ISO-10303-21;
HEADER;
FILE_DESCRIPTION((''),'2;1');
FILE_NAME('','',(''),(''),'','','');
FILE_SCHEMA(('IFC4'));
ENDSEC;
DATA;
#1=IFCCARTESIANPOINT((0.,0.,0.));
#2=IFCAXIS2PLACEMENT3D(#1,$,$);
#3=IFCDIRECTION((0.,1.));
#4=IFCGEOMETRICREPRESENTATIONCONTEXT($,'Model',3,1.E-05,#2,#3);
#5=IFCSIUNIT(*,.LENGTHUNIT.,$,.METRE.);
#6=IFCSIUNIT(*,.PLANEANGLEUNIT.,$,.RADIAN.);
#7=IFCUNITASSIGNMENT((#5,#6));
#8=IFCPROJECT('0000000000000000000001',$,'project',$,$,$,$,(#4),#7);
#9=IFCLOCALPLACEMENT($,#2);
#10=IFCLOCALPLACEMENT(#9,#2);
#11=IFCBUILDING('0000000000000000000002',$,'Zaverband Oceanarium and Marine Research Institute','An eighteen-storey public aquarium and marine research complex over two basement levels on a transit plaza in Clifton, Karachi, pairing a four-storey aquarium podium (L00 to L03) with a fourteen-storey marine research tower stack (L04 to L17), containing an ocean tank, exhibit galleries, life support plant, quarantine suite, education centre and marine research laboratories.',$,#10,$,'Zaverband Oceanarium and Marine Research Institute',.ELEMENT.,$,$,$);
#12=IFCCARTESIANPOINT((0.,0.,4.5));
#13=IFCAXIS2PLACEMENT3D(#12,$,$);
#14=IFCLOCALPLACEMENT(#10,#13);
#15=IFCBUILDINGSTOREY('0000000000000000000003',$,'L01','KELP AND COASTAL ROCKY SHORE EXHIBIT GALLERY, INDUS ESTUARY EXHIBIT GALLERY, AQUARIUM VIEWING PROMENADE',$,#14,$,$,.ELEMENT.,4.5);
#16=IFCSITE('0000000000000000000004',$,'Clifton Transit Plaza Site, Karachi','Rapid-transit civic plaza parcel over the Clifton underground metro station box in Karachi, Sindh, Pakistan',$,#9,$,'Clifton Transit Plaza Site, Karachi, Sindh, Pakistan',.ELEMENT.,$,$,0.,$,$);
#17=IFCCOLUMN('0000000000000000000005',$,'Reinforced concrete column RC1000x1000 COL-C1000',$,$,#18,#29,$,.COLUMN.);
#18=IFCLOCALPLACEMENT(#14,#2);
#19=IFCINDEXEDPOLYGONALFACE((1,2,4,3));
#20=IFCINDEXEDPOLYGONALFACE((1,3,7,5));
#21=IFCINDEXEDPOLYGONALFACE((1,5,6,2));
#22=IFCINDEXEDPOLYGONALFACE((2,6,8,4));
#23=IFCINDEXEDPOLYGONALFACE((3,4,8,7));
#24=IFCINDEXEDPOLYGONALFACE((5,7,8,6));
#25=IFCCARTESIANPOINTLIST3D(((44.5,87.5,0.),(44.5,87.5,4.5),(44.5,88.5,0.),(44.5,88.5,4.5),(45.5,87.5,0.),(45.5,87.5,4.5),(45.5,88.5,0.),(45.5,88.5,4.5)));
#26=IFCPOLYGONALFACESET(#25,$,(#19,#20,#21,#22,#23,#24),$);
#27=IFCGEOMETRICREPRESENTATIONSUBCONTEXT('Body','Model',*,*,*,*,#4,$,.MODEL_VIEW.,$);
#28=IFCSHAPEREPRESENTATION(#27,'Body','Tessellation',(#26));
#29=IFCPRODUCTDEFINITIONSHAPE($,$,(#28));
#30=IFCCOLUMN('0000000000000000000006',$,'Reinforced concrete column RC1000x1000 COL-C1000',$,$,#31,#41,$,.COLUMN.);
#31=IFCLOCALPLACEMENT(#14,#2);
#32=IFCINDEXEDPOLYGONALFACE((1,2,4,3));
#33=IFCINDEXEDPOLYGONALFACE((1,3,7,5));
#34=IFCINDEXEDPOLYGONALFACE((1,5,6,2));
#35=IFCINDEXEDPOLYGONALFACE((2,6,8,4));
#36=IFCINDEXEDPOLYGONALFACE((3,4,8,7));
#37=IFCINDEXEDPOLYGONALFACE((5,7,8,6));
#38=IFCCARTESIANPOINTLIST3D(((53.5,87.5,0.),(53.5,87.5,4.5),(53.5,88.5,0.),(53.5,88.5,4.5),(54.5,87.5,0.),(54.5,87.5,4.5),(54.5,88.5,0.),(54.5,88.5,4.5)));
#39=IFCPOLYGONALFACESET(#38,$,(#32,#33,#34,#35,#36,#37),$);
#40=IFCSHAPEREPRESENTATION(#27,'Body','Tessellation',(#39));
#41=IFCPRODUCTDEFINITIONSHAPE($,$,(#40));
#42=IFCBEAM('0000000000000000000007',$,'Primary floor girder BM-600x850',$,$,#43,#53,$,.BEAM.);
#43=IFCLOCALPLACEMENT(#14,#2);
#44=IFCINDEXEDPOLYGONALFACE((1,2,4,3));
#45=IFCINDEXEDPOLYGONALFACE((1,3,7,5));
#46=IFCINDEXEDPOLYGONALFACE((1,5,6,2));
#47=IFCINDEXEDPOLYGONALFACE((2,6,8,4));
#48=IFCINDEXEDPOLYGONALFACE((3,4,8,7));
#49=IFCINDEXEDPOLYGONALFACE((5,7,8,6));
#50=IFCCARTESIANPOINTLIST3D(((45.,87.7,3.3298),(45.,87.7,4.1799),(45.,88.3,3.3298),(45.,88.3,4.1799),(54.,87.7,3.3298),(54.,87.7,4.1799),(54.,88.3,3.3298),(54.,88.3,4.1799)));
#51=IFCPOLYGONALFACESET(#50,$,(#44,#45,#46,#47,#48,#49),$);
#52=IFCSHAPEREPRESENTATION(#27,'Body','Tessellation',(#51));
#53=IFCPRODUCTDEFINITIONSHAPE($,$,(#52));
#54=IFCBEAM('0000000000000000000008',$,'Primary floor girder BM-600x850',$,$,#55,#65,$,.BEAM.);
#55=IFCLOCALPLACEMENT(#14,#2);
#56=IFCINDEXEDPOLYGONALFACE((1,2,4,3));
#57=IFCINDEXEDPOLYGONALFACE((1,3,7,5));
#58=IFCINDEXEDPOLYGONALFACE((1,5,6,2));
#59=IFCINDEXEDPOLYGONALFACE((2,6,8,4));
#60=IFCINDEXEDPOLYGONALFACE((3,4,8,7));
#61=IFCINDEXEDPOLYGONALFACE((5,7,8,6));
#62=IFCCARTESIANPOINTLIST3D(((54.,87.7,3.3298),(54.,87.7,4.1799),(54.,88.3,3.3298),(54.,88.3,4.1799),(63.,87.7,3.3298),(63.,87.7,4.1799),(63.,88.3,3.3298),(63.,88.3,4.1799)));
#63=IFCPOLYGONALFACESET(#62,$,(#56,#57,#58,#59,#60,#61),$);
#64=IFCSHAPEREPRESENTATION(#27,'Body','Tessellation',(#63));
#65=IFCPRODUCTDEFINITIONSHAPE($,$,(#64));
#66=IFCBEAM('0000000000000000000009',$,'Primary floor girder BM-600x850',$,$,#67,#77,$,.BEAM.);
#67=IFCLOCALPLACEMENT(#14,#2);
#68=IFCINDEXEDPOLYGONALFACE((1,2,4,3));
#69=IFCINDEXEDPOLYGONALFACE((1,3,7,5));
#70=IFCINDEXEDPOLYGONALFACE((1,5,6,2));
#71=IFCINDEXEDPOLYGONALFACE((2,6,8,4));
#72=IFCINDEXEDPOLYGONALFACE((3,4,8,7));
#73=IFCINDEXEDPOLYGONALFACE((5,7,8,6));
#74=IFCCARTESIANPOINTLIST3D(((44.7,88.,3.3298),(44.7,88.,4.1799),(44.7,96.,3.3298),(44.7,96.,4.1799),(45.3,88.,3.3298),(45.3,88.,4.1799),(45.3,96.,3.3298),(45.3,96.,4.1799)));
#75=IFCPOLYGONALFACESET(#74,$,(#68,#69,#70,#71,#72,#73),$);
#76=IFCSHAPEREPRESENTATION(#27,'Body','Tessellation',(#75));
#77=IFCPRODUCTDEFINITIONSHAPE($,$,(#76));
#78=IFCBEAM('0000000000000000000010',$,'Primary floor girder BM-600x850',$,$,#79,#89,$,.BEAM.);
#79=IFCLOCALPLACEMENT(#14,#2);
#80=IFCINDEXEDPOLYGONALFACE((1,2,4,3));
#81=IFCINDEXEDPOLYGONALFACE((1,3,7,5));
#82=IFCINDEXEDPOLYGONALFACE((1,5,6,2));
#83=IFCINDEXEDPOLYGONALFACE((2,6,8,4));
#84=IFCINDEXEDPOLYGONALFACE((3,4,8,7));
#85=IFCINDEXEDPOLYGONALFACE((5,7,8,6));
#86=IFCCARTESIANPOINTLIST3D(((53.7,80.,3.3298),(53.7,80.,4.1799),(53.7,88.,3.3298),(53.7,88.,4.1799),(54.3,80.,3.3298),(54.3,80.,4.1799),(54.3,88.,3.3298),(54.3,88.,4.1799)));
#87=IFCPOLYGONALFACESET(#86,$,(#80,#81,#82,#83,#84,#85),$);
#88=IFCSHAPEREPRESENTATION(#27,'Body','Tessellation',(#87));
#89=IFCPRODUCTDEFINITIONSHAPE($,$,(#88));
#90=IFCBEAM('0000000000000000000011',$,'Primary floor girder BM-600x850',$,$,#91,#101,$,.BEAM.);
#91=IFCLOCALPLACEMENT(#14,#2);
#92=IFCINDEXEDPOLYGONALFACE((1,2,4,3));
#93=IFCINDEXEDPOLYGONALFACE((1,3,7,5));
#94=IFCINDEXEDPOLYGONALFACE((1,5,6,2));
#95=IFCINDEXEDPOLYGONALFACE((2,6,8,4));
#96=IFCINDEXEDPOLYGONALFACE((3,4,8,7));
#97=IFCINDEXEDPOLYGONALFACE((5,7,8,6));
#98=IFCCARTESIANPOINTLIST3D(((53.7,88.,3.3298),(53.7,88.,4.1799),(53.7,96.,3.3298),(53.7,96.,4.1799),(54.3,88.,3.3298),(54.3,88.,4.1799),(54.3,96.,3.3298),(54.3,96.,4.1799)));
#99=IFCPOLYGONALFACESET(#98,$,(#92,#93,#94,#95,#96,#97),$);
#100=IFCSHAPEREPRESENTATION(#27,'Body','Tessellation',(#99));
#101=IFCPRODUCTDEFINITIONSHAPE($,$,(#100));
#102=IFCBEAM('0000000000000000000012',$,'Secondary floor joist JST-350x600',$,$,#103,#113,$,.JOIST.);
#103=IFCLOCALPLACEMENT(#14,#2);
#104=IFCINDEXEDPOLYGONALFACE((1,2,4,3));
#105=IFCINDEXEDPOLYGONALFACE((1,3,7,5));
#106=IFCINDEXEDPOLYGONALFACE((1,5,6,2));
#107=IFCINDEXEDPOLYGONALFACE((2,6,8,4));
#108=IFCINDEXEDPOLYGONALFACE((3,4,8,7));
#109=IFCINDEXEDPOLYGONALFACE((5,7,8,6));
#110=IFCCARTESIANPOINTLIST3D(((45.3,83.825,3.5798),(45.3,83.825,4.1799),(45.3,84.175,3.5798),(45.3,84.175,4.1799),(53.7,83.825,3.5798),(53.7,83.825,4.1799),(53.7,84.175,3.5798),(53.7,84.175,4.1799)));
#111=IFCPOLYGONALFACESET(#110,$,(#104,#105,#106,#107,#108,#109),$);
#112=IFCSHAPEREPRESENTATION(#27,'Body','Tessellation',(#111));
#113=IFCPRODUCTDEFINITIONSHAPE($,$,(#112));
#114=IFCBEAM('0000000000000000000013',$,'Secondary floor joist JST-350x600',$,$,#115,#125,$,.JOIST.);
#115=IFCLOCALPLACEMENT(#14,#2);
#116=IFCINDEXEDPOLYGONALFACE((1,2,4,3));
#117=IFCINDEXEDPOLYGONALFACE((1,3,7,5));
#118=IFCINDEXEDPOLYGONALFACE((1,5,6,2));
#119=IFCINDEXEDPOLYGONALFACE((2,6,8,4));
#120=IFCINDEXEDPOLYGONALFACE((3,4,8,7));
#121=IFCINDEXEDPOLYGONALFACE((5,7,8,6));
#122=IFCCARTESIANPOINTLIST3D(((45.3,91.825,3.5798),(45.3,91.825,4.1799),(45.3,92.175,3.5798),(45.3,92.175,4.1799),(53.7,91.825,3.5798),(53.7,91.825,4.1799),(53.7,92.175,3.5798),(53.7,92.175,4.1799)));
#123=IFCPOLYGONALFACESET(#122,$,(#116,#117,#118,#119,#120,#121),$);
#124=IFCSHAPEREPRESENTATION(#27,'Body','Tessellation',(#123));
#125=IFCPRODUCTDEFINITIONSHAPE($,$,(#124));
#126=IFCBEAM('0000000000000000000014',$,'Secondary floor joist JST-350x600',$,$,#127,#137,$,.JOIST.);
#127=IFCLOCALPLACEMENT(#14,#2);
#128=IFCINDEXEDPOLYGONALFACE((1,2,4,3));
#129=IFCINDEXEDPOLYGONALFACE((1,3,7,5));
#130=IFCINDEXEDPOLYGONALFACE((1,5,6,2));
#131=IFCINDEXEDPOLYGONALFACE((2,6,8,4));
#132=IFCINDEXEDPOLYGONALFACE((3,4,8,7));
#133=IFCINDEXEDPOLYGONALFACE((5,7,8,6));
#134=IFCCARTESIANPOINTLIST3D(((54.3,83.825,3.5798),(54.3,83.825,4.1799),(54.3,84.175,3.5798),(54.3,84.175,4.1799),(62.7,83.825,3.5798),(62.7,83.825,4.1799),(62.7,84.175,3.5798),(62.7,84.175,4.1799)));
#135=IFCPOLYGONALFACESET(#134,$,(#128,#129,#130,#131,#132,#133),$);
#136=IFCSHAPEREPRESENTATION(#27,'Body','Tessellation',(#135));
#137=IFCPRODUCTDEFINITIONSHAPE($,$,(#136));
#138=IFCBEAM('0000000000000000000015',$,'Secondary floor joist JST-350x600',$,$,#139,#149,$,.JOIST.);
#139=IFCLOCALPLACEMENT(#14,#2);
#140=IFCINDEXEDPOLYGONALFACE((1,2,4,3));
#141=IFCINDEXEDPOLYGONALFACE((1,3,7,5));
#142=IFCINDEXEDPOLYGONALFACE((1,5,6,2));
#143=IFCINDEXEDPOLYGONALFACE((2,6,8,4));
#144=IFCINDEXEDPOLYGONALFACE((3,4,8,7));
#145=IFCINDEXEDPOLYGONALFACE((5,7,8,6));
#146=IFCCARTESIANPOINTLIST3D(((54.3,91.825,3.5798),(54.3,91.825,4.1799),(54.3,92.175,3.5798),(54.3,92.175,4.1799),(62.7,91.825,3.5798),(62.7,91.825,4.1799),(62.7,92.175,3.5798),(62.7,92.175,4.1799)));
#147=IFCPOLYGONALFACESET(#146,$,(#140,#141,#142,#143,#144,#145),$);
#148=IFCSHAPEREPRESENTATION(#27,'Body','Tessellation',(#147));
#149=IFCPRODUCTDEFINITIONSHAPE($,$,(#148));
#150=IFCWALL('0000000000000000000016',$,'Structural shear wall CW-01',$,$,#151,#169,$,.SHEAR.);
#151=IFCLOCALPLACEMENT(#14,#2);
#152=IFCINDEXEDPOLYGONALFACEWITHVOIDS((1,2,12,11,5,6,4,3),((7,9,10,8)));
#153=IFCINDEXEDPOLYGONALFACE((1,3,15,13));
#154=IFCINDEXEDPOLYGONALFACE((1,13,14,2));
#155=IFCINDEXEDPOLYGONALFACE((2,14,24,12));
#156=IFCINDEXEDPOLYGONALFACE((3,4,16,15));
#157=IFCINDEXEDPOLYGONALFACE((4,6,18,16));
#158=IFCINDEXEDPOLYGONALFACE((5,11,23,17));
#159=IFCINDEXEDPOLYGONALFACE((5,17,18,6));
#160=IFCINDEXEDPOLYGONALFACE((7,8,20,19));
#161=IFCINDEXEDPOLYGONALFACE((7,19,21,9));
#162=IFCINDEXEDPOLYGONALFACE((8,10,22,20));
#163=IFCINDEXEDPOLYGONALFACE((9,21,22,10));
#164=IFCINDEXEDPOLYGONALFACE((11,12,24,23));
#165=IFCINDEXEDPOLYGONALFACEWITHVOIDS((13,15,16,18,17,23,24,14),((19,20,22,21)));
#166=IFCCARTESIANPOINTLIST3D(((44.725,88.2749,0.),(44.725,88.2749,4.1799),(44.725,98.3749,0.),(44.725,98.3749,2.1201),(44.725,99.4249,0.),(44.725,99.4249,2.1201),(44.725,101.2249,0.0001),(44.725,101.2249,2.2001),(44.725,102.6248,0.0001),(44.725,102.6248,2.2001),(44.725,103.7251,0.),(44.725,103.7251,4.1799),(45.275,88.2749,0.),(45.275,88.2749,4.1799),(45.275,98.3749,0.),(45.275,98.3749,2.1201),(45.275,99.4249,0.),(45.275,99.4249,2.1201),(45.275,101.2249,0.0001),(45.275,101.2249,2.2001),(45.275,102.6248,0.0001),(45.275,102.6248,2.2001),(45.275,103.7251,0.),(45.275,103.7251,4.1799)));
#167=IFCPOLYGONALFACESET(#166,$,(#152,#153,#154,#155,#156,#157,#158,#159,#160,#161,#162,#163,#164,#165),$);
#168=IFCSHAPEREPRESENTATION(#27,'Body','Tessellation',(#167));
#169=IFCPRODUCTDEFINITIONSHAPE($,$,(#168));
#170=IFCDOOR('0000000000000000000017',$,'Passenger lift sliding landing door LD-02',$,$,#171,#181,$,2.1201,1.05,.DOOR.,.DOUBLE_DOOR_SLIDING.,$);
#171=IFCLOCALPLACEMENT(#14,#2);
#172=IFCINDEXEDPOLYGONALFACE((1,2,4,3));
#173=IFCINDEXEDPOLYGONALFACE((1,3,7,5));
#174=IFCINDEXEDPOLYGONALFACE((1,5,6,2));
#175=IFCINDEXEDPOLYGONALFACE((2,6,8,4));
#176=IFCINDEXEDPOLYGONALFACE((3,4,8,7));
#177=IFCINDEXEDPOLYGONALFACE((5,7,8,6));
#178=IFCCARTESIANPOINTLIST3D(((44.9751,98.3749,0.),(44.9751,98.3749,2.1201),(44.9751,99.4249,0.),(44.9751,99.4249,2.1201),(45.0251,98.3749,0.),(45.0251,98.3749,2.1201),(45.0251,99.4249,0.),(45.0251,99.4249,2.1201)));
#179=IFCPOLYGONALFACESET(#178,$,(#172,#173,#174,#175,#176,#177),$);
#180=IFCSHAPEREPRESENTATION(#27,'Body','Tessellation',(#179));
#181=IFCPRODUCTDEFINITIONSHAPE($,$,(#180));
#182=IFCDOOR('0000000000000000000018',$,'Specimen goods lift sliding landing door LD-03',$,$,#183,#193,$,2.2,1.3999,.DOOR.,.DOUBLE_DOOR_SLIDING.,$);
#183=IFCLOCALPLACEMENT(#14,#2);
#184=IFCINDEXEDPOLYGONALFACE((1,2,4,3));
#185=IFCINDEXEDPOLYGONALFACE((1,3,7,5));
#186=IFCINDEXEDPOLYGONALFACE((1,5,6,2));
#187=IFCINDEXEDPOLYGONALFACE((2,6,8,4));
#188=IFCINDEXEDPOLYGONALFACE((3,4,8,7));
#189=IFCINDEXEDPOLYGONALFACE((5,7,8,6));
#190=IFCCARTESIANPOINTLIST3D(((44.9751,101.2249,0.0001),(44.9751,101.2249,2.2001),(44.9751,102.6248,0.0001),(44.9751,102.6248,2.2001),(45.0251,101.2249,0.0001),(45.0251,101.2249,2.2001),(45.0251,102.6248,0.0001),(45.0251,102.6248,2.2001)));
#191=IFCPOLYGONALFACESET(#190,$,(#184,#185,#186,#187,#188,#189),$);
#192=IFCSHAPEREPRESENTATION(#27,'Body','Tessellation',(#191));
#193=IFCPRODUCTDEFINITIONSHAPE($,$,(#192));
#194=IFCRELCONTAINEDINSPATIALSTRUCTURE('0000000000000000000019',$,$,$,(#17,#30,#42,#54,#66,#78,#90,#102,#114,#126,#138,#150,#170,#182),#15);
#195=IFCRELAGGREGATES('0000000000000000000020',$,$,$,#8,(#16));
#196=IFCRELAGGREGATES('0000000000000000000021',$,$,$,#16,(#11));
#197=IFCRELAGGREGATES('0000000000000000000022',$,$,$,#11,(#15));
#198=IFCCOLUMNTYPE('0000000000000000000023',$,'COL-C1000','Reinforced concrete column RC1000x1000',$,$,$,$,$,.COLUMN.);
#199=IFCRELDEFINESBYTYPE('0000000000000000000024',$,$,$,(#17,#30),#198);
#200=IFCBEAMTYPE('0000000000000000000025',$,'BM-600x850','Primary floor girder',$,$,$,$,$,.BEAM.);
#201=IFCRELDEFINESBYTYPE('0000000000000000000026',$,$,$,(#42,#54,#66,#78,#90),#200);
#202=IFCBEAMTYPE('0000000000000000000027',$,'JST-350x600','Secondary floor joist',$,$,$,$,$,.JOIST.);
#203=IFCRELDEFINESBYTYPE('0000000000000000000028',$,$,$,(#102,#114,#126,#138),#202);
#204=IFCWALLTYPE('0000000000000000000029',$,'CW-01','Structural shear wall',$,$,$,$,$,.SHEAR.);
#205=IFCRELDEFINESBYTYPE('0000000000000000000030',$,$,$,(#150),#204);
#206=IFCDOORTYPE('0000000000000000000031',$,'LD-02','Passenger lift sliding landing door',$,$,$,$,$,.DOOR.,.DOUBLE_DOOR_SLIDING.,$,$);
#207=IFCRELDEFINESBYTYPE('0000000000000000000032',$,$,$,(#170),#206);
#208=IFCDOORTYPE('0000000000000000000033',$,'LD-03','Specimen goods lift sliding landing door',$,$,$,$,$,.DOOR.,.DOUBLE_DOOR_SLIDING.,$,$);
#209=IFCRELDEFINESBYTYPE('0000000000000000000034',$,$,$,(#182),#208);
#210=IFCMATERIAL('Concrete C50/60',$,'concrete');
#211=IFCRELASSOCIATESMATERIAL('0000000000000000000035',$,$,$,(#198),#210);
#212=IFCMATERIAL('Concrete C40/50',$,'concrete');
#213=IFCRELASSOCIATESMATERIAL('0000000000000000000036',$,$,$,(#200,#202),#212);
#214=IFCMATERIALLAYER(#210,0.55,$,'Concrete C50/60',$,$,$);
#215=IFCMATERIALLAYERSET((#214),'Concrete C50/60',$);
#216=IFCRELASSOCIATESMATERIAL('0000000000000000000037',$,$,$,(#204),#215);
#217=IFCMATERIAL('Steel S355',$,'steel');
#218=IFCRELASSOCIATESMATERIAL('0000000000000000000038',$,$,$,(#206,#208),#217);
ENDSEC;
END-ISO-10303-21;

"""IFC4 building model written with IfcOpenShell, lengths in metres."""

from ifc_helpers import new_model, si_unit, direction, frame, frame_2d, origin, origin_2d, place, context, subcontext, project, spatial, rectangle, extrude, material, layer, layer_set, material_profile, profile_set, type_object, element, fill, save


model = new_model("IFC4")

# Units and contexts
model_context = context("Model", 3, precision=1e-05, world=origin(), true_north=direction((0.0, 1.0)))
body_context = subcontext(model_context, "Body", "Model", "MODEL_VIEW")
ifc_project = project(units=[si_unit("LENGTHUNIT", "METRE"), si_unit("PLANEANGLEUNIT", "RADIAN")], contexts=[model_context])

# Site, building, storey
site_placement = place(None, origin())
site = spatial("IfcSite", under=ifc_project, at=site_placement, Name="Clifton Transit Plaza Site, Karachi", Description="Rapid-transit civic plaza parcel over the Clifton underground metro station box in Karachi, Sindh, Pakistan", LongName="Clifton Transit Plaza Site, Karachi, Sindh, Pakistan", CompositionType="ELEMENT", RefElevation=0.0)
building_placement = place(site_placement, origin())
building = spatial("IfcBuilding", under=site, at=building_placement, Name="Zaverband Oceanarium and Marine Research Institute", Description="An eighteen-storey public aquarium and marine research complex over two basement levels on a transit plaza in Clifton, Karachi, pairing a four-storey aquarium podium (L00 to L03) with a fourteen-storey marine research tower stack (L04 to L17), containing an ocean tank, exhibit galleries, life support plant, quarantine suite, education centre and marine research laboratories.", LongName="Zaverband Oceanarium and Marine Research Institute", CompositionType="ELEMENT")
storey_placement = place(building_placement, frame((0.0, 0.0, 4.5)))
storey = spatial("IfcBuildingStorey", under=building, at=storey_placement, Name="L01", Description="KELP AND COASTAL ROCKY SHORE EXHIBIT GALLERY, INDUS ESTUARY EXHIBIT GALLERY, AQUARIUM VIEWING PROMENADE", CompositionType="ELEMENT", Elevation=4.5)

# Columns
ifc_material_1 = material(Name="Concrete C50/60", Category="concrete")
ifc_material_profile_1 = material_profile(ifc_material_1, rectangle(XDim=1.0, YDim=1.0, at=origin_2d()), Name="RC1000x1000")
ifc_profile_set_1 = profile_set([ifc_material_profile_1], Name="Concrete C50/60")
column_type = type_object("IfcColumnType", Name="COL-C1000", Description="Reinforced concrete column RC1000x1000", PredefinedType="COLUMN", material=ifc_profile_set_1)
for number, where, z_axis, x_axis, name in (
    (1, (45.0, 88.0, 0.0), (0.0, 0.0, 1.0), (1.0, 0.0, 0.0), "Reinforced concrete column RC1000x1000 COL-C1000"),
    (2, (54.0, 88.0, 0.0), (0.0, 0.0, 1.0), (1.0, 0.0, 0.0), "Reinforced concrete column RC1000x1000 COL-C1000"),
):
    element("IfcColumn", number, at=place(storey_placement, frame(where, z_axis=z_axis, x_axis=x_axis)), inside=storey, type_object=column_type, Name=name, PredefinedType="COLUMN", context=body_context, shape_type="SweptSolid", body=[
        extrude(rectangle(XDim=1.0, YDim=1.0, at=origin_2d()), origin(), (0.0, 0.0, 1.0), 4.5),
    ])

# Beams
ifc_material_2 = material(Name="Concrete C40/50", Category="concrete")
ifc_material_profile_2 = material_profile(ifc_material_2, rectangle(XDim=0.6001, YDim=0.8501, at=origin_2d()), Name="RC600x850")
ifc_profile_set_2 = profile_set([ifc_material_profile_2], Name="Concrete C40/50")
beam_type_1 = type_object("IfcBeamType", Name="BM-600x850", Description="Primary floor girder", PredefinedType="BEAM", material=ifc_profile_set_2)
for number, where, z_axis, x_axis, name in (
    (3, (45.0, 88.0, 3.7549), (1.0, 0.0, 0.0), (0.0, 1.0, 0.0), "Primary floor girder BM-600x850"),
    (4, (54.0, 88.0, 3.7549), (1.0, 0.0, 0.0), (0.0, 1.0, 0.0), "Primary floor girder BM-600x850"),
):
    element("IfcBeam", number, at=place(storey_placement, frame(where, z_axis=z_axis, x_axis=x_axis)), inside=storey, type_object=beam_type_1, Name=name, PredefinedType="BEAM", context=body_context, shape_type="SweptSolid", body=[
        extrude(rectangle(XDim=0.6001, YDim=0.8501, at=origin_2d()), origin(), (0.0, 0.0, 1.0), 9.0),
    ])
for number, where, z_axis, x_axis, name in (
    (5, (45.0, 88.0, 3.7549), (0.0, 1.0, 0.0), (-1.0, 0.0, 0.0), "Primary floor girder BM-600x850"),
    (6, (54.0, 80.0, 3.7549), (0.0, 1.0, 0.0), (-1.0, 0.0, 0.0), "Primary floor girder BM-600x850"),
    (7, (54.0, 88.0, 3.7549), (0.0, 1.0, 0.0), (-1.0, 0.0, 0.0), "Primary floor girder BM-600x850"),
):
    element("IfcBeam", number, at=place(storey_placement, frame(where, z_axis=z_axis, x_axis=x_axis)), inside=storey, type_object=beam_type_1, Name=name, PredefinedType="BEAM", context=body_context, shape_type="SweptSolid", body=[
        extrude(rectangle(XDim=0.6001, YDim=0.8501, at=origin_2d()), origin(), (0.0, 0.0, 1.0), 8.0),
    ])
ifc_material_profile_3 = material_profile(ifc_material_2, rectangle(XDim=0.3501, YDim=0.6001, at=origin_2d()), Name="RC350x600")
ifc_profile_set_3 = profile_set([ifc_material_profile_3], Name="Concrete C40/50")
beam_type_2 = type_object("IfcBeamType", Name="JST-350x600", Description="Secondary floor joist", PredefinedType="JOIST", material=ifc_profile_set_3)
for number, where, z_axis, x_axis, name in (
    (8, (45.3, 84.0, 3.8799), (1.0, 0.0, 0.0), (0.0, 1.0, 0.0), "Secondary floor joist JST-350x600"),
    (9, (45.3, 92.0, 3.8799), (1.0, 0.0, 0.0), (0.0, 1.0, 0.0), "Secondary floor joist JST-350x600"),
    (10, (54.3, 84.0, 3.8799), (1.0, 0.0, 0.0), (0.0, 1.0, 0.0), "Secondary floor joist JST-350x600"),
    (11, (54.3, 92.0, 3.8799), (1.0, 0.0, 0.0), (0.0, 1.0, 0.0), "Secondary floor joist JST-350x600"),
):
    element("IfcBeam", number, at=place(storey_placement, frame(where, z_axis=z_axis, x_axis=x_axis)), inside=storey, type_object=beam_type_2, Name=name, PredefinedType="JOIST", context=body_context, shape_type="SweptSolid", body=[
        extrude(rectangle(XDim=0.3501, YDim=0.6001, at=origin_2d()), origin(), (0.0, 0.0, 1.0), 8.3999),
    ])

# Wall, openings, doors
ifc_layer_1 = layer(ifc_material_1, 0.55, Name="Concrete C50/60")
ifc_layer_set_1 = layer_set([ifc_layer_1], Name="Concrete C50/60")
wall_type_1 = type_object("IfcWallType", Name="CW-01", Description="Structural shear wall", PredefinedType="SHEAR", material=ifc_layer_set_1)
wall_1_placement = place(storey_placement, frame((45.0, 88.2749, 0.0), z_axis=(0.0, 0.0, 1.0), x_axis=(0.0, 1.0, 0.0)))
wall_1 = element("IfcWall", 12, at=wall_1_placement, inside=storey, type_object=wall_type_1, Name="Structural shear wall CW-01", PredefinedType="SHEAR", context=body_context, shape_type="SweptSolid", body=[
    extrude(rectangle(XDim=15.4502, YDim=0.55, at=frame_2d((7.7251, 0.0))), origin(), (0.0, 0.0, 1.0), 4.1799),
])
opening_1_placement = place(wall_1_placement, frame((10.1001, 0.0, 0.0)))
opening_1 = element("IfcOpeningElement", 13, at=opening_1_placement, cuts=wall_1, PredefinedType="OPENING", context=body_context, shape_type="SweptSolid", body=[
    extrude(rectangle(XDim=1.05, YDim=2.1201, at=frame_2d((0.5249, 1.0601))), frame((0.0, 0.2871, 0.0), z_axis=(0.0, -1.0, 0.0), x_axis=(1.0, 0.0, 0.0)), (0.0, 0.0, 1.0), 0.574),
])
opening_2_placement = place(wall_1_placement, frame((12.95, 0.0, 0.0)))
opening_2 = element("IfcOpeningElement", 14, at=opening_2_placement, cuts=wall_1, PredefinedType="OPENING", context=body_context, shape_type="SweptSolid", body=[
    extrude(rectangle(XDim=1.3999, YDim=2.2, at=frame_2d((0.7, 1.1001))), frame((0.0, 0.2871, 0.0), z_axis=(0.0, -1.0, 0.0), x_axis=(1.0, 0.0, 0.0)), (0.0, 0.0, 1.0), 0.574),
])
ifc_material_3 = material(Name="Steel S355", Category="steel")
door_type_1 = type_object("IfcDoorType", Name="LD-02", Description="Passenger lift sliding landing door", OperationType="DOUBLE_DOOR_SLIDING", PredefinedType="DOOR", material=ifc_material_3)
door_1_placement = place(opening_1_placement, origin())
door_1 = element("IfcDoor", 15, at=door_1_placement, inside=storey, type_object=door_type_1, Name="Passenger lift sliding landing door LD-02", OperationType="DOUBLE_DOOR_SLIDING", OverallHeight=2.1201, OverallWidth=1.05, PredefinedType="DOOR", context=body_context, shape_type="SweptSolid", body=[
    extrude(rectangle(XDim=1.05, YDim=2.1201, at=frame_2d((0.5249, 1.0601))), frame((0.0, 0.0249, 0.0), z_axis=(0.0, -1.0, 0.0), x_axis=(1.0, 0.0, 0.0)), (0.0, 0.0, 1.0), 0.05),
])
fill(opening_1, door_1)
door_type_2 = type_object("IfcDoorType", Name="LD-03", Description="Specimen goods lift sliding landing door", OperationType="DOUBLE_DOOR_SLIDING", PredefinedType="DOOR", material=ifc_material_3)
door_2_placement = place(opening_2_placement, origin())
door_2 = element("IfcDoor", 16, at=door_2_placement, inside=storey, type_object=door_type_2, Name="Specimen goods lift sliding landing door LD-03", OperationType="DOUBLE_DOOR_SLIDING", OverallHeight=2.2, OverallWidth=1.3999, PredefinedType="DOOR", context=body_context, shape_type="SweptSolid", body=[
    extrude(rectangle(XDim=1.3999, YDim=2.2, at=frame_2d((0.7, 1.1001))), frame((0.0, 0.0249, 0.0), z_axis=(0.0, -1.0, 0.0), x_axis=(1.0, 0.0, 0.0)), (0.0, 0.0, 1.0), 0.05),
])
fill(opening_2, door_2)

save(model, "model.ifc")
